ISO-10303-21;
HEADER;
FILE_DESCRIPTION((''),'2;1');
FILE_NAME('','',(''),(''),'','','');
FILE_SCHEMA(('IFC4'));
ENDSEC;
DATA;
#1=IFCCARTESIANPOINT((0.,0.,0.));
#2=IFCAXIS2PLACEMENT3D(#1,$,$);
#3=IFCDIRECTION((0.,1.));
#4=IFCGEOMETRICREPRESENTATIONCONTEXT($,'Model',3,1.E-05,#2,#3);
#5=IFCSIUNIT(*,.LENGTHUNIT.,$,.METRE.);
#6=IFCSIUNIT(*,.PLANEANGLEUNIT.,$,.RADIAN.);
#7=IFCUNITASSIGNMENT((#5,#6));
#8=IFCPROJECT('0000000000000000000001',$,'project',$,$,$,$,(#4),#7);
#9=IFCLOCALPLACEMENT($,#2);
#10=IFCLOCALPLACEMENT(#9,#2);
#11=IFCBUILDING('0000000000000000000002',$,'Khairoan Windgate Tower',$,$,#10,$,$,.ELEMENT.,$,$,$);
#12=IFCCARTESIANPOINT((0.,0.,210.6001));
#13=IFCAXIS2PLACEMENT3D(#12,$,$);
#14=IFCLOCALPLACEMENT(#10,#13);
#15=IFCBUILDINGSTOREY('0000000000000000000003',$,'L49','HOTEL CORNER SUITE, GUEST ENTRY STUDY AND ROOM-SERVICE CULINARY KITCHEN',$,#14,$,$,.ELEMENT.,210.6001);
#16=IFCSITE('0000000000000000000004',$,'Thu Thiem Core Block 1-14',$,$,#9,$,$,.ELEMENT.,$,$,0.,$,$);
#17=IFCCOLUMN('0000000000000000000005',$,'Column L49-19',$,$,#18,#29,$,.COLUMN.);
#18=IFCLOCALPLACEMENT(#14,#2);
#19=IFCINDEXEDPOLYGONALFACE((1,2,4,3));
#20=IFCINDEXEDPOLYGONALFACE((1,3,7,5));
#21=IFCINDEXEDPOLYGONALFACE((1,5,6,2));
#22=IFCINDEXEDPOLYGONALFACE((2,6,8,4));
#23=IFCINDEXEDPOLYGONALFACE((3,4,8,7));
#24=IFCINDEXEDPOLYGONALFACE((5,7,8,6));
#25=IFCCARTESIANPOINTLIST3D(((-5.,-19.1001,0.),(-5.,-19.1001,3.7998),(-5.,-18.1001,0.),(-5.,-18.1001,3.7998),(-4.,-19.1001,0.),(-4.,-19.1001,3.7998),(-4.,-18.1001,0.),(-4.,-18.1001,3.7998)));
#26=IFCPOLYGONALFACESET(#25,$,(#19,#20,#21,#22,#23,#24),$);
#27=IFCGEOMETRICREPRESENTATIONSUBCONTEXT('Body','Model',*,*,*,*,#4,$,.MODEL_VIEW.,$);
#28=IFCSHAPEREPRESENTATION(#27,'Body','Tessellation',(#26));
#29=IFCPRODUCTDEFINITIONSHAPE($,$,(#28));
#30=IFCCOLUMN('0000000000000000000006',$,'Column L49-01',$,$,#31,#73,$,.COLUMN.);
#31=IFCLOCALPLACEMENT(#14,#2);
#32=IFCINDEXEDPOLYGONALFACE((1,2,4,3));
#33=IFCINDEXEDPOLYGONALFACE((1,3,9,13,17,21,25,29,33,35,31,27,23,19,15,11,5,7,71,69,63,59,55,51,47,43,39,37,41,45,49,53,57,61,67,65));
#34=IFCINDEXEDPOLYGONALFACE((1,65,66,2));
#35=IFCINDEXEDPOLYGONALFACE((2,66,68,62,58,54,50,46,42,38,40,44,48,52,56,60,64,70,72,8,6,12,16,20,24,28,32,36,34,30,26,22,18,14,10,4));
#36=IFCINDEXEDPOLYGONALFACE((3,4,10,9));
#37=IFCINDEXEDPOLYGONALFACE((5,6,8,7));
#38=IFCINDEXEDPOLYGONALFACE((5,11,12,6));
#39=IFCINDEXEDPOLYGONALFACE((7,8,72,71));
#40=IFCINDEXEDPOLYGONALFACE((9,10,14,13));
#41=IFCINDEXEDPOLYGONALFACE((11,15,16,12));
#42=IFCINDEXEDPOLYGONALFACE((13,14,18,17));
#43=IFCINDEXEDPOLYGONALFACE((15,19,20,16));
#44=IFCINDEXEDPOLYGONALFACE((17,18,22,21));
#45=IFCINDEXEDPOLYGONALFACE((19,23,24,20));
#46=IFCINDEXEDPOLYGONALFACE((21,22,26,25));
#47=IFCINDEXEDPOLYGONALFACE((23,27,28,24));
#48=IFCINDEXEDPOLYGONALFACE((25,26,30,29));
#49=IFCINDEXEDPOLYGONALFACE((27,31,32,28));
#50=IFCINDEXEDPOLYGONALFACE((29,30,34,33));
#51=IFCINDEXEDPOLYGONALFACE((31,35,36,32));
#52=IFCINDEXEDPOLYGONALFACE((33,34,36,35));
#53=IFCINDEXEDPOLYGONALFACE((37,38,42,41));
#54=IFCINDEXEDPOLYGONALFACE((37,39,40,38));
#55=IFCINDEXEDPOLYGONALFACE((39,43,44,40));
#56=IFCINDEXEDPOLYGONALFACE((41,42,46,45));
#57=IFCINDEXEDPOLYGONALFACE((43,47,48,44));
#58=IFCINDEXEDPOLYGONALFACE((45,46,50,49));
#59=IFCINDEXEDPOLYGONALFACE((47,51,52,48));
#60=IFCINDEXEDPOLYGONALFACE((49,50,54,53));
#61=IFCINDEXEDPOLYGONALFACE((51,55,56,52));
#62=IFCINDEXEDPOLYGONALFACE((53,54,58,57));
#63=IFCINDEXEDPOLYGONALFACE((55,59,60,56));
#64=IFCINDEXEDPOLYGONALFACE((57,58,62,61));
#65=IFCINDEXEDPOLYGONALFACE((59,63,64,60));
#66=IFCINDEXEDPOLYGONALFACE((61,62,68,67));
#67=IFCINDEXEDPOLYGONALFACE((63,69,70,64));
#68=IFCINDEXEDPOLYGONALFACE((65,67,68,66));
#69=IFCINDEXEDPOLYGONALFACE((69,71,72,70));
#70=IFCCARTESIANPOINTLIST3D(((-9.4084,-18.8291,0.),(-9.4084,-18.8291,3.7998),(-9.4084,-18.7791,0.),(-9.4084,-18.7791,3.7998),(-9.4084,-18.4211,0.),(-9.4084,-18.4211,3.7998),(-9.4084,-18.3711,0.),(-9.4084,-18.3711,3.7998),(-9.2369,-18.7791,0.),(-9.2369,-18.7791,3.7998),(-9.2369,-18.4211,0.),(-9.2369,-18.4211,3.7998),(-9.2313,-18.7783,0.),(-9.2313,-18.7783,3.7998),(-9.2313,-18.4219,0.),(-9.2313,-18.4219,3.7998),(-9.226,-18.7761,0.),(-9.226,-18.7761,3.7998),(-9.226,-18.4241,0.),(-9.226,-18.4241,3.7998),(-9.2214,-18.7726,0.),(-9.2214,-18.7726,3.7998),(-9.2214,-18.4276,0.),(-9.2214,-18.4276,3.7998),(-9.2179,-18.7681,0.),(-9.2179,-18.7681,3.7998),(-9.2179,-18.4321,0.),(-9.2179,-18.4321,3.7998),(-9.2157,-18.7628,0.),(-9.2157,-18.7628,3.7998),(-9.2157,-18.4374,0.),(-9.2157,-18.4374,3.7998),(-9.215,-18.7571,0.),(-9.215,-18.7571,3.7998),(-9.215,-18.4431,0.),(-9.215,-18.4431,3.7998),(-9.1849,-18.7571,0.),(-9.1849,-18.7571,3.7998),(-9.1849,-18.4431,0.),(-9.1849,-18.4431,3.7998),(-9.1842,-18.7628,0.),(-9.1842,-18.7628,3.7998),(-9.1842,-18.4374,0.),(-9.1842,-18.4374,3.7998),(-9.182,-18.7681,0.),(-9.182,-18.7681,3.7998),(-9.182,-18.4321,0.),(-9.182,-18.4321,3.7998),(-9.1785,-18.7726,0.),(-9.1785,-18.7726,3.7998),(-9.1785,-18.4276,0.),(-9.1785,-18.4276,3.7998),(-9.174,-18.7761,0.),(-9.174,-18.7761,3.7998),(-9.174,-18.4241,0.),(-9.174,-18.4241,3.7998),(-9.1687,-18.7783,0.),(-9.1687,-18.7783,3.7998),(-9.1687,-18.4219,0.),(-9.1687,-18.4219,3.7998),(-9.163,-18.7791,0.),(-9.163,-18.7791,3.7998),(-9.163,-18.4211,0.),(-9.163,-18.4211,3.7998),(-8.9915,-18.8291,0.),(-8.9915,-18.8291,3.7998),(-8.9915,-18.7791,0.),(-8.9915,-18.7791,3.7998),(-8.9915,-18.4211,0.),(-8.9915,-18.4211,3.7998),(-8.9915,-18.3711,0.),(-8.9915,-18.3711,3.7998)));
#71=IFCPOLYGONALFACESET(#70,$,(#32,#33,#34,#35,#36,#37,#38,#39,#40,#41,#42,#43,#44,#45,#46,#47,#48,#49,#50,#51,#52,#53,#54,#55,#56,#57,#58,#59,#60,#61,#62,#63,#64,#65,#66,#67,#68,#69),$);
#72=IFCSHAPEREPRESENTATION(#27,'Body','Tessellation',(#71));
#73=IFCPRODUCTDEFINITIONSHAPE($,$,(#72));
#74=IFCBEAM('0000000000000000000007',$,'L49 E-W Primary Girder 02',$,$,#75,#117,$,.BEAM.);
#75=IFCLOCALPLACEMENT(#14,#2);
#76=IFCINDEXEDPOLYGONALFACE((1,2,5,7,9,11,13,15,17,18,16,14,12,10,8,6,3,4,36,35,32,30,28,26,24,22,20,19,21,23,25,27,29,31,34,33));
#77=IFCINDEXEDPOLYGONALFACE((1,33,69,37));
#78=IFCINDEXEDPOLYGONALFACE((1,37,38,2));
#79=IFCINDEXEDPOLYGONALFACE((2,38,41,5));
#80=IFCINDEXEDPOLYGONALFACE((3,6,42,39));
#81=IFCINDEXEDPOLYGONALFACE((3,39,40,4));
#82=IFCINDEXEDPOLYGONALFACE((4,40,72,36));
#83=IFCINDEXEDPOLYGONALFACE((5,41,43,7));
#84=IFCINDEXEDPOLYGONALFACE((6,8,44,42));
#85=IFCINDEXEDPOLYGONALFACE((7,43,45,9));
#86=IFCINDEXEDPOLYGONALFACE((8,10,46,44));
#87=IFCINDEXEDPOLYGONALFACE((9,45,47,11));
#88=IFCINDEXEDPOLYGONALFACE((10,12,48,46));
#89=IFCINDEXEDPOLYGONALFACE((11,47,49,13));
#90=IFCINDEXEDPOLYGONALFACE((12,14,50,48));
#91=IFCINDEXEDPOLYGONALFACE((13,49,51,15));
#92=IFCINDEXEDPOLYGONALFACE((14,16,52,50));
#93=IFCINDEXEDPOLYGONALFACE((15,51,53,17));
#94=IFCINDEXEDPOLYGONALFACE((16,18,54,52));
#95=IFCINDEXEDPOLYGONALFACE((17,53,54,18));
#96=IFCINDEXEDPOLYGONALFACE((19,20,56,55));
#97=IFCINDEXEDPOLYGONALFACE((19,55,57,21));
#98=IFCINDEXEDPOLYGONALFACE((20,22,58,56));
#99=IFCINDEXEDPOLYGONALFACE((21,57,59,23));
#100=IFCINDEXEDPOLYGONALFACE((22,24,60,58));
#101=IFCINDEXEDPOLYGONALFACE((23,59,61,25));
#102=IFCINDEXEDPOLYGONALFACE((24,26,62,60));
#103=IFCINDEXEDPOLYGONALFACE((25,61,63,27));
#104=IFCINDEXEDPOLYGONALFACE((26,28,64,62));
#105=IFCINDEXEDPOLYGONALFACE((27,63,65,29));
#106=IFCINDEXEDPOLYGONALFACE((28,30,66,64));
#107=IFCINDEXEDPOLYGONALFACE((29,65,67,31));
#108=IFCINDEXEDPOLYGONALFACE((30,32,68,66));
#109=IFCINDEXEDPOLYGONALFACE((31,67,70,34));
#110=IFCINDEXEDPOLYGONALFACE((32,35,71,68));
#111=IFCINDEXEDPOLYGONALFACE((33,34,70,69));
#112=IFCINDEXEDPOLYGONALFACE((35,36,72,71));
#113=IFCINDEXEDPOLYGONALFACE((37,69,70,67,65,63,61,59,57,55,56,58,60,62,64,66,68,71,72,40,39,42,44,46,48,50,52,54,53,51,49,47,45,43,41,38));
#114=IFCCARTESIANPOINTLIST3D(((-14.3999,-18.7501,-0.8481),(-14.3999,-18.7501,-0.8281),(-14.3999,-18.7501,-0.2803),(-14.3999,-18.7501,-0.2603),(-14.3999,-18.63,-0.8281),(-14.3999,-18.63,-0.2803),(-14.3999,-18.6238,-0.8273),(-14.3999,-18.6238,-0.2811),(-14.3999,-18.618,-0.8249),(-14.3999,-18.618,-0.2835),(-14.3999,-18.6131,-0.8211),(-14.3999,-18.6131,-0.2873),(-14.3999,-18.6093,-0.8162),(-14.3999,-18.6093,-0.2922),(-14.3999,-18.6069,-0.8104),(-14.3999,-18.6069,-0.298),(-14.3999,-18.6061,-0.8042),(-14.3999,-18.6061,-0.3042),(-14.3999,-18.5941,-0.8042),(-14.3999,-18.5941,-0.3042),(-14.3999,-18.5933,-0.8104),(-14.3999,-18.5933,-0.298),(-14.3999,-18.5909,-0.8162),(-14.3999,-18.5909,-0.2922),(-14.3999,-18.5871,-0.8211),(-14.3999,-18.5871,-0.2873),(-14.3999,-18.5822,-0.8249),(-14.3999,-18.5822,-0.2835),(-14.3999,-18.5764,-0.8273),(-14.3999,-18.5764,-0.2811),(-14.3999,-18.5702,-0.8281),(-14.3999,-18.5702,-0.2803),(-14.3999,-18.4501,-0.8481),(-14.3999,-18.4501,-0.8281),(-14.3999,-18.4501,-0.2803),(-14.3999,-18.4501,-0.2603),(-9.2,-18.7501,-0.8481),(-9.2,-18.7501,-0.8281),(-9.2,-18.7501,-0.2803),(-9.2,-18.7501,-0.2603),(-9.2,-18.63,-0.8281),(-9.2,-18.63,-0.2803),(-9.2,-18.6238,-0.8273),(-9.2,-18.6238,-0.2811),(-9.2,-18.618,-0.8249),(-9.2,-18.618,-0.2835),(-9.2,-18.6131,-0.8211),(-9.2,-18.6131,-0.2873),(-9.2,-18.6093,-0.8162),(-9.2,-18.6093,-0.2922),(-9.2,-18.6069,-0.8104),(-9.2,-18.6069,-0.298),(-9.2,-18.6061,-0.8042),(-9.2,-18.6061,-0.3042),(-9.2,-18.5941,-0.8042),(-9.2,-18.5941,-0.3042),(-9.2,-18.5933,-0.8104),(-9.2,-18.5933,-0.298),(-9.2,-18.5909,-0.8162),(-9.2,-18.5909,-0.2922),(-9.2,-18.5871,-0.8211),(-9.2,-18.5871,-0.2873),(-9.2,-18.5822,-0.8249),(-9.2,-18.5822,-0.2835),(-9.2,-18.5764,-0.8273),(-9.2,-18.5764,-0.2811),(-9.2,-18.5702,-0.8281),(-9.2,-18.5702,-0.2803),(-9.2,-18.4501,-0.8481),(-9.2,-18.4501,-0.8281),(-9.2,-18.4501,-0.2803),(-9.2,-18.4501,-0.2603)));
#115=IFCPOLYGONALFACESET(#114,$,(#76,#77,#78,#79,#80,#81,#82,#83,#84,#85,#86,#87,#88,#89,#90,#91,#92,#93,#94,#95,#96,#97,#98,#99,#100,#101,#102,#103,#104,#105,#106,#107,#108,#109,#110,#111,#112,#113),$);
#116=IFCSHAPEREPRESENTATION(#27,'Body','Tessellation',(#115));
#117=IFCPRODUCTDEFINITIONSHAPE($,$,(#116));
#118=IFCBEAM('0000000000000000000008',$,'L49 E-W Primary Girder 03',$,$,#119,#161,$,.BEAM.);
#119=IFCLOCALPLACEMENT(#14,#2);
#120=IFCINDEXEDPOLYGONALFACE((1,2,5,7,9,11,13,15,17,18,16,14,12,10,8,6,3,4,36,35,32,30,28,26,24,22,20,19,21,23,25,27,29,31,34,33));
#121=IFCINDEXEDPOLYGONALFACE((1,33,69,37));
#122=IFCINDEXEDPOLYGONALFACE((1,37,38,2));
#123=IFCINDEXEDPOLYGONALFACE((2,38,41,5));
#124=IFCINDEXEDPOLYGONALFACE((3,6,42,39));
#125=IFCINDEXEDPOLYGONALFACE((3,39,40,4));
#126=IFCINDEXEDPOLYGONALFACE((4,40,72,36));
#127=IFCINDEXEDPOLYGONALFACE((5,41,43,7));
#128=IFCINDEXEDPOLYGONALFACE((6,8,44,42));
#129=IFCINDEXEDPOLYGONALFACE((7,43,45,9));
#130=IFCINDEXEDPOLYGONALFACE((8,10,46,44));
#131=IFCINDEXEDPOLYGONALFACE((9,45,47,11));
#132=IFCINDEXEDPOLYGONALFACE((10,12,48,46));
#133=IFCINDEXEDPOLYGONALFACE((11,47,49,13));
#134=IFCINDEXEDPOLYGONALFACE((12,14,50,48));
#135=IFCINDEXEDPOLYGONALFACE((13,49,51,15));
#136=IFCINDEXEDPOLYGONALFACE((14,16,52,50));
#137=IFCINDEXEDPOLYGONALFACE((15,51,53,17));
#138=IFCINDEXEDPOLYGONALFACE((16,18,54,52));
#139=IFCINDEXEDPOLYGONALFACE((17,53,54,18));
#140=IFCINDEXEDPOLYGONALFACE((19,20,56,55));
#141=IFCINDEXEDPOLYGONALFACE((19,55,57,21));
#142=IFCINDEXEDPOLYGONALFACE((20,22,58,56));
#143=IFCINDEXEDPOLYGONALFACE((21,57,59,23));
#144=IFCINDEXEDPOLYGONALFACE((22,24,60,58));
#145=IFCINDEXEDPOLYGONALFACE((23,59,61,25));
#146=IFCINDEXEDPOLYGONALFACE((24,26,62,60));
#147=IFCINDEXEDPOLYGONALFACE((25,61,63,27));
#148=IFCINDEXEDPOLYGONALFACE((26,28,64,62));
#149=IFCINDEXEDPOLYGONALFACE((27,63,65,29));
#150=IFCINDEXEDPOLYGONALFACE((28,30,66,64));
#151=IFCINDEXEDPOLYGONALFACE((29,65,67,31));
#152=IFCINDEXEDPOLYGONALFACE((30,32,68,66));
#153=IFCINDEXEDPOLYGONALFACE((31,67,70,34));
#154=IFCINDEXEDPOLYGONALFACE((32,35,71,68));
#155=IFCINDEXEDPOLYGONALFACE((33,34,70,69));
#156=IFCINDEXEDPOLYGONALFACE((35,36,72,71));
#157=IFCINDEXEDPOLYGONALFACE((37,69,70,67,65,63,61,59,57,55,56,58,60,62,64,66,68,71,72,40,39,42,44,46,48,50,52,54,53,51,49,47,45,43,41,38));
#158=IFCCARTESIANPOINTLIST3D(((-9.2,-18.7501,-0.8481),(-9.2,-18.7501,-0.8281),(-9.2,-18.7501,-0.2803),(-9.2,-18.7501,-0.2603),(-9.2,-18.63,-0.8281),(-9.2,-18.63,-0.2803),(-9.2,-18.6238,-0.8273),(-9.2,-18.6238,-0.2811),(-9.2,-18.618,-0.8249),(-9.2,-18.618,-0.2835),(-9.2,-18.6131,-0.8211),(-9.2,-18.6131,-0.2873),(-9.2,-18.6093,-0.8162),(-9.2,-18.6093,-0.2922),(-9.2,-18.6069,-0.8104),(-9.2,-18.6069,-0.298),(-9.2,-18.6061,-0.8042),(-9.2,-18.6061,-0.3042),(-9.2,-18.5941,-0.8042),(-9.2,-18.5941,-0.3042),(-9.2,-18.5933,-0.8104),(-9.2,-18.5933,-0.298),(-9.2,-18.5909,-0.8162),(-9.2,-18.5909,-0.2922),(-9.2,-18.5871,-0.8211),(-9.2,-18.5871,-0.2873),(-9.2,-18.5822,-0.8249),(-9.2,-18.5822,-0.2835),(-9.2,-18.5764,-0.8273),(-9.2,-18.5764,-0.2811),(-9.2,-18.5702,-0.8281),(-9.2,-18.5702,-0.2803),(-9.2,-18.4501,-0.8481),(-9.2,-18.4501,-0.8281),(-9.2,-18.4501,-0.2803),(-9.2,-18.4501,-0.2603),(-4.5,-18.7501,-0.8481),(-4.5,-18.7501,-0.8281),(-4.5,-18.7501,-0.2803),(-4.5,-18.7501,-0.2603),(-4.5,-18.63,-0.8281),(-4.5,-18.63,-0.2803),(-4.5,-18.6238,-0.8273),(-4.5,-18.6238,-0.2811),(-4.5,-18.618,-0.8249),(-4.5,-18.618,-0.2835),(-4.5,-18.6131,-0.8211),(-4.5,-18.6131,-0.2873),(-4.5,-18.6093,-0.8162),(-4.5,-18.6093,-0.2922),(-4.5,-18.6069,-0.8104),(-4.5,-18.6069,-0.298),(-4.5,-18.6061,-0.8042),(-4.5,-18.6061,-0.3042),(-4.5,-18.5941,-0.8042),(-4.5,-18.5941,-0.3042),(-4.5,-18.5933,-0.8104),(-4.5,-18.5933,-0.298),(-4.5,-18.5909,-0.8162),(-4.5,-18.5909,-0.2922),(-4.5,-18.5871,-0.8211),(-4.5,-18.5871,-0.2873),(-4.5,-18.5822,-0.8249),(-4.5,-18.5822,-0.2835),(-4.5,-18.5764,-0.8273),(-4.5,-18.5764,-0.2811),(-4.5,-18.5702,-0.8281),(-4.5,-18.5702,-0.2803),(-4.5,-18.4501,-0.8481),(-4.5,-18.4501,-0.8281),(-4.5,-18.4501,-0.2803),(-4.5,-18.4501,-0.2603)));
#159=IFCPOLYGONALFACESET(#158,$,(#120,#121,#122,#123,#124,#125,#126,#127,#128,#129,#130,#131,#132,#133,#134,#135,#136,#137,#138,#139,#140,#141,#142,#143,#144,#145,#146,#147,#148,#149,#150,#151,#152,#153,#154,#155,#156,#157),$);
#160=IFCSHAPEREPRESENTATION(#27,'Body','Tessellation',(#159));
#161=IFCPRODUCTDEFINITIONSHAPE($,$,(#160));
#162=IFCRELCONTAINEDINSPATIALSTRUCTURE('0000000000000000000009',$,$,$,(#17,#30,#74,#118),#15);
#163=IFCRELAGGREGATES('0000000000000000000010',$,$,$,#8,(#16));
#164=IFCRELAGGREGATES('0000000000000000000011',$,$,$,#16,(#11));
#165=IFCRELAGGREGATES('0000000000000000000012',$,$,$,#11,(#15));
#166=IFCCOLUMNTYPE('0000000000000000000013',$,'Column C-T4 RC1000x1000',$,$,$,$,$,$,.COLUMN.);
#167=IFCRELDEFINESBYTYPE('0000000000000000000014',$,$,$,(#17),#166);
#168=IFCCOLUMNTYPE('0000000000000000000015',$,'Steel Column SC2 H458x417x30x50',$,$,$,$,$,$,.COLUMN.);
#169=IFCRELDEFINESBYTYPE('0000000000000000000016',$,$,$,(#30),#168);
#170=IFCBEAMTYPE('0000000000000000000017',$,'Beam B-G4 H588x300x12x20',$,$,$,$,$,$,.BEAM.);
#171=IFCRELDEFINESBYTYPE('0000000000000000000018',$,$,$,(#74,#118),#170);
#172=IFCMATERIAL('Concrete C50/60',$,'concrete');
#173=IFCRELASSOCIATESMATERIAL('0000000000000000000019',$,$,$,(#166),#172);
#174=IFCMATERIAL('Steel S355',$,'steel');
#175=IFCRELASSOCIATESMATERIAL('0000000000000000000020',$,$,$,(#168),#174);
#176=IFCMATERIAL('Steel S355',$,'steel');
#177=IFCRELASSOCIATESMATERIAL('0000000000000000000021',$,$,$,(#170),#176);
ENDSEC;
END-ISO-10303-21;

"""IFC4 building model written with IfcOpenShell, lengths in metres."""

from ifc_helpers import new_model, si_unit, direction, frame, origin, origin_2d, place, context, subcontext, project, spatial, rectangle, i_section, extrude, material, material_profile, profile_set, type_object, element, save


model = new_model("IFC4")

# Units and contexts
model_context = context("Model", 3, precision=1e-05, world=origin(), true_north=direction((0.0, 1.0)))
body_context = subcontext(model_context, "Body", "Model", "MODEL_VIEW")
ifc_project = project(units=[si_unit("LENGTHUNIT", "METRE"), si_unit("PLANEANGLEUNIT", "RADIAN")], contexts=[model_context])

# Site, building, storey
site_placement = place(None, origin())
site = spatial("IfcSite", under=ifc_project, at=site_placement, Name="Thu Thiem Core Block 1-14", CompositionType="ELEMENT", RefElevation=0.0)
building_placement = place(site_placement, origin())
building = spatial("IfcBuilding", under=site, at=building_placement, Name="Khairoan Windgate Tower", CompositionType="ELEMENT")
storey_placement = place(building_placement, frame((0.0, 0.0, 210.6001)))
storey = spatial("IfcBuildingStorey", under=building, at=storey_placement, Name="L49", Description="HOTEL CORNER SUITE, GUEST ENTRY STUDY AND ROOM-SERVICE CULINARY KITCHEN", CompositionType="ELEMENT", Elevation=210.6001)

# Columns
ifc_material_1 = material(Name="Concrete C50/60", Category="concrete")
ifc_material_profile_1 = material_profile(ifc_material_1, rectangle(XDim=1.0, YDim=1.0, at=origin_2d()))
ifc_profile_set_1 = profile_set([ifc_material_profile_1], Name="Concrete C50/60")
column_type_1 = type_object("IfcColumnType", Name="Column C-T4 RC1000x1000", PredefinedType="COLUMN", material=ifc_profile_set_1)
column_1_placement = place(storey_placement, frame((-4.5, -18.6001, 0.0), z_axis=(0.0, 0.0, 1.0), x_axis=(1.0, 0.0, 0.0)))
element("IfcColumn", 1, at=column_1_placement, inside=storey, type_object=column_type_1, Name="Column L49-19", PredefinedType="COLUMN", context=body_context, shape_type="SweptSolid", body=[
    extrude(rectangle(XDim=1.0, YDim=1.0, at=origin_2d()), origin(), (0.0, 0.0, 1.0), 3.7998),
])
ifc_material_2 = material(Name="Steel S355", Category="steel")
ifc_material_profile_2 = material_profile(ifc_material_2, i_section(OverallWidth=0.417, OverallDepth=0.458, WebThickness=0.03, FlangeThickness=0.05, FilletRadius=0.022, at=origin_2d()))
ifc_profile_set_2 = profile_set([ifc_material_profile_2], Name="Steel S355")
column_type_2 = type_object("IfcColumnType", Name="Steel Column SC2 H458x417x30x50", PredefinedType="COLUMN", material=ifc_profile_set_2)
column_2_placement = place(storey_placement, frame((-9.2, -18.6001, 0.0), z_axis=(0.0, 0.0, 1.0), x_axis=(1.0, 0.0, 0.0)))
element("IfcColumn", 2, at=column_2_placement, inside=storey, type_object=column_type_2, Name="Column L49-01", PredefinedType="COLUMN", context=body_context, shape_type="SweptSolid", body=[
    extrude(i_section(OverallWidth=0.417, OverallDepth=0.458, WebThickness=0.03, FlangeThickness=0.05, FilletRadius=0.022, at=origin_2d()), origin(), (0.0, 0.0, 1.0), 3.7998),
])

# Beams
ifc_material_3 = material(Name="Steel S355", Category="steel")
ifc_material_profile_3 = material_profile(ifc_material_3, i_section(OverallWidth=0.3, OverallDepth=0.5879, WebThickness=0.012, FlangeThickness=0.02, FilletRadius=0.0239, at=origin_2d()))
ifc_profile_set_3 = profile_set([ifc_material_profile_3], Name="Steel S355")
beam_type_1 = type_object("IfcBeamType", Name="Beam B-G4 H588x300x12x20", PredefinedType="BEAM", material=ifc_profile_set_3)
beam_1_placement = place(storey_placement, frame((-14.3999, -18.6001, -0.5542), z_axis=(1.0, 0.0, 0.0), x_axis=(0.0, 1.0, 0.0)))
element("IfcBeam", 3, at=beam_1_placement, inside=storey, type_object=beam_type_1, Name="L49 E-W Primary Girder 02", PredefinedType="BEAM", context=body_context, shape_type="SweptSolid", body=[
    extrude(i_section(OverallWidth=0.3, OverallDepth=0.5879, WebThickness=0.012, FlangeThickness=0.02, FilletRadius=0.0239, at=origin_2d()), origin(), (0.0, 0.0, 1.0), 5.2),
])
beam_2_placement = place(storey_placement, frame((-9.2, -18.6001, -0.5542), z_axis=(1.0, 0.0, 0.0), x_axis=(0.0, 1.0, 0.0)))
element("IfcBeam", 4, at=beam_2_placement, inside=storey, type_object=beam_type_1, Name="L49 E-W Primary Girder 03", PredefinedType="BEAM", context=body_context, shape_type="SweptSolid", body=[
    extrude(i_section(OverallWidth=0.3, OverallDepth=0.5879, WebThickness=0.012, FlangeThickness=0.02, FilletRadius=0.0239, at=origin_2d()), origin(), (0.0, 0.0, 1.0), 4.7),
])

save(model, "model.ifc")
